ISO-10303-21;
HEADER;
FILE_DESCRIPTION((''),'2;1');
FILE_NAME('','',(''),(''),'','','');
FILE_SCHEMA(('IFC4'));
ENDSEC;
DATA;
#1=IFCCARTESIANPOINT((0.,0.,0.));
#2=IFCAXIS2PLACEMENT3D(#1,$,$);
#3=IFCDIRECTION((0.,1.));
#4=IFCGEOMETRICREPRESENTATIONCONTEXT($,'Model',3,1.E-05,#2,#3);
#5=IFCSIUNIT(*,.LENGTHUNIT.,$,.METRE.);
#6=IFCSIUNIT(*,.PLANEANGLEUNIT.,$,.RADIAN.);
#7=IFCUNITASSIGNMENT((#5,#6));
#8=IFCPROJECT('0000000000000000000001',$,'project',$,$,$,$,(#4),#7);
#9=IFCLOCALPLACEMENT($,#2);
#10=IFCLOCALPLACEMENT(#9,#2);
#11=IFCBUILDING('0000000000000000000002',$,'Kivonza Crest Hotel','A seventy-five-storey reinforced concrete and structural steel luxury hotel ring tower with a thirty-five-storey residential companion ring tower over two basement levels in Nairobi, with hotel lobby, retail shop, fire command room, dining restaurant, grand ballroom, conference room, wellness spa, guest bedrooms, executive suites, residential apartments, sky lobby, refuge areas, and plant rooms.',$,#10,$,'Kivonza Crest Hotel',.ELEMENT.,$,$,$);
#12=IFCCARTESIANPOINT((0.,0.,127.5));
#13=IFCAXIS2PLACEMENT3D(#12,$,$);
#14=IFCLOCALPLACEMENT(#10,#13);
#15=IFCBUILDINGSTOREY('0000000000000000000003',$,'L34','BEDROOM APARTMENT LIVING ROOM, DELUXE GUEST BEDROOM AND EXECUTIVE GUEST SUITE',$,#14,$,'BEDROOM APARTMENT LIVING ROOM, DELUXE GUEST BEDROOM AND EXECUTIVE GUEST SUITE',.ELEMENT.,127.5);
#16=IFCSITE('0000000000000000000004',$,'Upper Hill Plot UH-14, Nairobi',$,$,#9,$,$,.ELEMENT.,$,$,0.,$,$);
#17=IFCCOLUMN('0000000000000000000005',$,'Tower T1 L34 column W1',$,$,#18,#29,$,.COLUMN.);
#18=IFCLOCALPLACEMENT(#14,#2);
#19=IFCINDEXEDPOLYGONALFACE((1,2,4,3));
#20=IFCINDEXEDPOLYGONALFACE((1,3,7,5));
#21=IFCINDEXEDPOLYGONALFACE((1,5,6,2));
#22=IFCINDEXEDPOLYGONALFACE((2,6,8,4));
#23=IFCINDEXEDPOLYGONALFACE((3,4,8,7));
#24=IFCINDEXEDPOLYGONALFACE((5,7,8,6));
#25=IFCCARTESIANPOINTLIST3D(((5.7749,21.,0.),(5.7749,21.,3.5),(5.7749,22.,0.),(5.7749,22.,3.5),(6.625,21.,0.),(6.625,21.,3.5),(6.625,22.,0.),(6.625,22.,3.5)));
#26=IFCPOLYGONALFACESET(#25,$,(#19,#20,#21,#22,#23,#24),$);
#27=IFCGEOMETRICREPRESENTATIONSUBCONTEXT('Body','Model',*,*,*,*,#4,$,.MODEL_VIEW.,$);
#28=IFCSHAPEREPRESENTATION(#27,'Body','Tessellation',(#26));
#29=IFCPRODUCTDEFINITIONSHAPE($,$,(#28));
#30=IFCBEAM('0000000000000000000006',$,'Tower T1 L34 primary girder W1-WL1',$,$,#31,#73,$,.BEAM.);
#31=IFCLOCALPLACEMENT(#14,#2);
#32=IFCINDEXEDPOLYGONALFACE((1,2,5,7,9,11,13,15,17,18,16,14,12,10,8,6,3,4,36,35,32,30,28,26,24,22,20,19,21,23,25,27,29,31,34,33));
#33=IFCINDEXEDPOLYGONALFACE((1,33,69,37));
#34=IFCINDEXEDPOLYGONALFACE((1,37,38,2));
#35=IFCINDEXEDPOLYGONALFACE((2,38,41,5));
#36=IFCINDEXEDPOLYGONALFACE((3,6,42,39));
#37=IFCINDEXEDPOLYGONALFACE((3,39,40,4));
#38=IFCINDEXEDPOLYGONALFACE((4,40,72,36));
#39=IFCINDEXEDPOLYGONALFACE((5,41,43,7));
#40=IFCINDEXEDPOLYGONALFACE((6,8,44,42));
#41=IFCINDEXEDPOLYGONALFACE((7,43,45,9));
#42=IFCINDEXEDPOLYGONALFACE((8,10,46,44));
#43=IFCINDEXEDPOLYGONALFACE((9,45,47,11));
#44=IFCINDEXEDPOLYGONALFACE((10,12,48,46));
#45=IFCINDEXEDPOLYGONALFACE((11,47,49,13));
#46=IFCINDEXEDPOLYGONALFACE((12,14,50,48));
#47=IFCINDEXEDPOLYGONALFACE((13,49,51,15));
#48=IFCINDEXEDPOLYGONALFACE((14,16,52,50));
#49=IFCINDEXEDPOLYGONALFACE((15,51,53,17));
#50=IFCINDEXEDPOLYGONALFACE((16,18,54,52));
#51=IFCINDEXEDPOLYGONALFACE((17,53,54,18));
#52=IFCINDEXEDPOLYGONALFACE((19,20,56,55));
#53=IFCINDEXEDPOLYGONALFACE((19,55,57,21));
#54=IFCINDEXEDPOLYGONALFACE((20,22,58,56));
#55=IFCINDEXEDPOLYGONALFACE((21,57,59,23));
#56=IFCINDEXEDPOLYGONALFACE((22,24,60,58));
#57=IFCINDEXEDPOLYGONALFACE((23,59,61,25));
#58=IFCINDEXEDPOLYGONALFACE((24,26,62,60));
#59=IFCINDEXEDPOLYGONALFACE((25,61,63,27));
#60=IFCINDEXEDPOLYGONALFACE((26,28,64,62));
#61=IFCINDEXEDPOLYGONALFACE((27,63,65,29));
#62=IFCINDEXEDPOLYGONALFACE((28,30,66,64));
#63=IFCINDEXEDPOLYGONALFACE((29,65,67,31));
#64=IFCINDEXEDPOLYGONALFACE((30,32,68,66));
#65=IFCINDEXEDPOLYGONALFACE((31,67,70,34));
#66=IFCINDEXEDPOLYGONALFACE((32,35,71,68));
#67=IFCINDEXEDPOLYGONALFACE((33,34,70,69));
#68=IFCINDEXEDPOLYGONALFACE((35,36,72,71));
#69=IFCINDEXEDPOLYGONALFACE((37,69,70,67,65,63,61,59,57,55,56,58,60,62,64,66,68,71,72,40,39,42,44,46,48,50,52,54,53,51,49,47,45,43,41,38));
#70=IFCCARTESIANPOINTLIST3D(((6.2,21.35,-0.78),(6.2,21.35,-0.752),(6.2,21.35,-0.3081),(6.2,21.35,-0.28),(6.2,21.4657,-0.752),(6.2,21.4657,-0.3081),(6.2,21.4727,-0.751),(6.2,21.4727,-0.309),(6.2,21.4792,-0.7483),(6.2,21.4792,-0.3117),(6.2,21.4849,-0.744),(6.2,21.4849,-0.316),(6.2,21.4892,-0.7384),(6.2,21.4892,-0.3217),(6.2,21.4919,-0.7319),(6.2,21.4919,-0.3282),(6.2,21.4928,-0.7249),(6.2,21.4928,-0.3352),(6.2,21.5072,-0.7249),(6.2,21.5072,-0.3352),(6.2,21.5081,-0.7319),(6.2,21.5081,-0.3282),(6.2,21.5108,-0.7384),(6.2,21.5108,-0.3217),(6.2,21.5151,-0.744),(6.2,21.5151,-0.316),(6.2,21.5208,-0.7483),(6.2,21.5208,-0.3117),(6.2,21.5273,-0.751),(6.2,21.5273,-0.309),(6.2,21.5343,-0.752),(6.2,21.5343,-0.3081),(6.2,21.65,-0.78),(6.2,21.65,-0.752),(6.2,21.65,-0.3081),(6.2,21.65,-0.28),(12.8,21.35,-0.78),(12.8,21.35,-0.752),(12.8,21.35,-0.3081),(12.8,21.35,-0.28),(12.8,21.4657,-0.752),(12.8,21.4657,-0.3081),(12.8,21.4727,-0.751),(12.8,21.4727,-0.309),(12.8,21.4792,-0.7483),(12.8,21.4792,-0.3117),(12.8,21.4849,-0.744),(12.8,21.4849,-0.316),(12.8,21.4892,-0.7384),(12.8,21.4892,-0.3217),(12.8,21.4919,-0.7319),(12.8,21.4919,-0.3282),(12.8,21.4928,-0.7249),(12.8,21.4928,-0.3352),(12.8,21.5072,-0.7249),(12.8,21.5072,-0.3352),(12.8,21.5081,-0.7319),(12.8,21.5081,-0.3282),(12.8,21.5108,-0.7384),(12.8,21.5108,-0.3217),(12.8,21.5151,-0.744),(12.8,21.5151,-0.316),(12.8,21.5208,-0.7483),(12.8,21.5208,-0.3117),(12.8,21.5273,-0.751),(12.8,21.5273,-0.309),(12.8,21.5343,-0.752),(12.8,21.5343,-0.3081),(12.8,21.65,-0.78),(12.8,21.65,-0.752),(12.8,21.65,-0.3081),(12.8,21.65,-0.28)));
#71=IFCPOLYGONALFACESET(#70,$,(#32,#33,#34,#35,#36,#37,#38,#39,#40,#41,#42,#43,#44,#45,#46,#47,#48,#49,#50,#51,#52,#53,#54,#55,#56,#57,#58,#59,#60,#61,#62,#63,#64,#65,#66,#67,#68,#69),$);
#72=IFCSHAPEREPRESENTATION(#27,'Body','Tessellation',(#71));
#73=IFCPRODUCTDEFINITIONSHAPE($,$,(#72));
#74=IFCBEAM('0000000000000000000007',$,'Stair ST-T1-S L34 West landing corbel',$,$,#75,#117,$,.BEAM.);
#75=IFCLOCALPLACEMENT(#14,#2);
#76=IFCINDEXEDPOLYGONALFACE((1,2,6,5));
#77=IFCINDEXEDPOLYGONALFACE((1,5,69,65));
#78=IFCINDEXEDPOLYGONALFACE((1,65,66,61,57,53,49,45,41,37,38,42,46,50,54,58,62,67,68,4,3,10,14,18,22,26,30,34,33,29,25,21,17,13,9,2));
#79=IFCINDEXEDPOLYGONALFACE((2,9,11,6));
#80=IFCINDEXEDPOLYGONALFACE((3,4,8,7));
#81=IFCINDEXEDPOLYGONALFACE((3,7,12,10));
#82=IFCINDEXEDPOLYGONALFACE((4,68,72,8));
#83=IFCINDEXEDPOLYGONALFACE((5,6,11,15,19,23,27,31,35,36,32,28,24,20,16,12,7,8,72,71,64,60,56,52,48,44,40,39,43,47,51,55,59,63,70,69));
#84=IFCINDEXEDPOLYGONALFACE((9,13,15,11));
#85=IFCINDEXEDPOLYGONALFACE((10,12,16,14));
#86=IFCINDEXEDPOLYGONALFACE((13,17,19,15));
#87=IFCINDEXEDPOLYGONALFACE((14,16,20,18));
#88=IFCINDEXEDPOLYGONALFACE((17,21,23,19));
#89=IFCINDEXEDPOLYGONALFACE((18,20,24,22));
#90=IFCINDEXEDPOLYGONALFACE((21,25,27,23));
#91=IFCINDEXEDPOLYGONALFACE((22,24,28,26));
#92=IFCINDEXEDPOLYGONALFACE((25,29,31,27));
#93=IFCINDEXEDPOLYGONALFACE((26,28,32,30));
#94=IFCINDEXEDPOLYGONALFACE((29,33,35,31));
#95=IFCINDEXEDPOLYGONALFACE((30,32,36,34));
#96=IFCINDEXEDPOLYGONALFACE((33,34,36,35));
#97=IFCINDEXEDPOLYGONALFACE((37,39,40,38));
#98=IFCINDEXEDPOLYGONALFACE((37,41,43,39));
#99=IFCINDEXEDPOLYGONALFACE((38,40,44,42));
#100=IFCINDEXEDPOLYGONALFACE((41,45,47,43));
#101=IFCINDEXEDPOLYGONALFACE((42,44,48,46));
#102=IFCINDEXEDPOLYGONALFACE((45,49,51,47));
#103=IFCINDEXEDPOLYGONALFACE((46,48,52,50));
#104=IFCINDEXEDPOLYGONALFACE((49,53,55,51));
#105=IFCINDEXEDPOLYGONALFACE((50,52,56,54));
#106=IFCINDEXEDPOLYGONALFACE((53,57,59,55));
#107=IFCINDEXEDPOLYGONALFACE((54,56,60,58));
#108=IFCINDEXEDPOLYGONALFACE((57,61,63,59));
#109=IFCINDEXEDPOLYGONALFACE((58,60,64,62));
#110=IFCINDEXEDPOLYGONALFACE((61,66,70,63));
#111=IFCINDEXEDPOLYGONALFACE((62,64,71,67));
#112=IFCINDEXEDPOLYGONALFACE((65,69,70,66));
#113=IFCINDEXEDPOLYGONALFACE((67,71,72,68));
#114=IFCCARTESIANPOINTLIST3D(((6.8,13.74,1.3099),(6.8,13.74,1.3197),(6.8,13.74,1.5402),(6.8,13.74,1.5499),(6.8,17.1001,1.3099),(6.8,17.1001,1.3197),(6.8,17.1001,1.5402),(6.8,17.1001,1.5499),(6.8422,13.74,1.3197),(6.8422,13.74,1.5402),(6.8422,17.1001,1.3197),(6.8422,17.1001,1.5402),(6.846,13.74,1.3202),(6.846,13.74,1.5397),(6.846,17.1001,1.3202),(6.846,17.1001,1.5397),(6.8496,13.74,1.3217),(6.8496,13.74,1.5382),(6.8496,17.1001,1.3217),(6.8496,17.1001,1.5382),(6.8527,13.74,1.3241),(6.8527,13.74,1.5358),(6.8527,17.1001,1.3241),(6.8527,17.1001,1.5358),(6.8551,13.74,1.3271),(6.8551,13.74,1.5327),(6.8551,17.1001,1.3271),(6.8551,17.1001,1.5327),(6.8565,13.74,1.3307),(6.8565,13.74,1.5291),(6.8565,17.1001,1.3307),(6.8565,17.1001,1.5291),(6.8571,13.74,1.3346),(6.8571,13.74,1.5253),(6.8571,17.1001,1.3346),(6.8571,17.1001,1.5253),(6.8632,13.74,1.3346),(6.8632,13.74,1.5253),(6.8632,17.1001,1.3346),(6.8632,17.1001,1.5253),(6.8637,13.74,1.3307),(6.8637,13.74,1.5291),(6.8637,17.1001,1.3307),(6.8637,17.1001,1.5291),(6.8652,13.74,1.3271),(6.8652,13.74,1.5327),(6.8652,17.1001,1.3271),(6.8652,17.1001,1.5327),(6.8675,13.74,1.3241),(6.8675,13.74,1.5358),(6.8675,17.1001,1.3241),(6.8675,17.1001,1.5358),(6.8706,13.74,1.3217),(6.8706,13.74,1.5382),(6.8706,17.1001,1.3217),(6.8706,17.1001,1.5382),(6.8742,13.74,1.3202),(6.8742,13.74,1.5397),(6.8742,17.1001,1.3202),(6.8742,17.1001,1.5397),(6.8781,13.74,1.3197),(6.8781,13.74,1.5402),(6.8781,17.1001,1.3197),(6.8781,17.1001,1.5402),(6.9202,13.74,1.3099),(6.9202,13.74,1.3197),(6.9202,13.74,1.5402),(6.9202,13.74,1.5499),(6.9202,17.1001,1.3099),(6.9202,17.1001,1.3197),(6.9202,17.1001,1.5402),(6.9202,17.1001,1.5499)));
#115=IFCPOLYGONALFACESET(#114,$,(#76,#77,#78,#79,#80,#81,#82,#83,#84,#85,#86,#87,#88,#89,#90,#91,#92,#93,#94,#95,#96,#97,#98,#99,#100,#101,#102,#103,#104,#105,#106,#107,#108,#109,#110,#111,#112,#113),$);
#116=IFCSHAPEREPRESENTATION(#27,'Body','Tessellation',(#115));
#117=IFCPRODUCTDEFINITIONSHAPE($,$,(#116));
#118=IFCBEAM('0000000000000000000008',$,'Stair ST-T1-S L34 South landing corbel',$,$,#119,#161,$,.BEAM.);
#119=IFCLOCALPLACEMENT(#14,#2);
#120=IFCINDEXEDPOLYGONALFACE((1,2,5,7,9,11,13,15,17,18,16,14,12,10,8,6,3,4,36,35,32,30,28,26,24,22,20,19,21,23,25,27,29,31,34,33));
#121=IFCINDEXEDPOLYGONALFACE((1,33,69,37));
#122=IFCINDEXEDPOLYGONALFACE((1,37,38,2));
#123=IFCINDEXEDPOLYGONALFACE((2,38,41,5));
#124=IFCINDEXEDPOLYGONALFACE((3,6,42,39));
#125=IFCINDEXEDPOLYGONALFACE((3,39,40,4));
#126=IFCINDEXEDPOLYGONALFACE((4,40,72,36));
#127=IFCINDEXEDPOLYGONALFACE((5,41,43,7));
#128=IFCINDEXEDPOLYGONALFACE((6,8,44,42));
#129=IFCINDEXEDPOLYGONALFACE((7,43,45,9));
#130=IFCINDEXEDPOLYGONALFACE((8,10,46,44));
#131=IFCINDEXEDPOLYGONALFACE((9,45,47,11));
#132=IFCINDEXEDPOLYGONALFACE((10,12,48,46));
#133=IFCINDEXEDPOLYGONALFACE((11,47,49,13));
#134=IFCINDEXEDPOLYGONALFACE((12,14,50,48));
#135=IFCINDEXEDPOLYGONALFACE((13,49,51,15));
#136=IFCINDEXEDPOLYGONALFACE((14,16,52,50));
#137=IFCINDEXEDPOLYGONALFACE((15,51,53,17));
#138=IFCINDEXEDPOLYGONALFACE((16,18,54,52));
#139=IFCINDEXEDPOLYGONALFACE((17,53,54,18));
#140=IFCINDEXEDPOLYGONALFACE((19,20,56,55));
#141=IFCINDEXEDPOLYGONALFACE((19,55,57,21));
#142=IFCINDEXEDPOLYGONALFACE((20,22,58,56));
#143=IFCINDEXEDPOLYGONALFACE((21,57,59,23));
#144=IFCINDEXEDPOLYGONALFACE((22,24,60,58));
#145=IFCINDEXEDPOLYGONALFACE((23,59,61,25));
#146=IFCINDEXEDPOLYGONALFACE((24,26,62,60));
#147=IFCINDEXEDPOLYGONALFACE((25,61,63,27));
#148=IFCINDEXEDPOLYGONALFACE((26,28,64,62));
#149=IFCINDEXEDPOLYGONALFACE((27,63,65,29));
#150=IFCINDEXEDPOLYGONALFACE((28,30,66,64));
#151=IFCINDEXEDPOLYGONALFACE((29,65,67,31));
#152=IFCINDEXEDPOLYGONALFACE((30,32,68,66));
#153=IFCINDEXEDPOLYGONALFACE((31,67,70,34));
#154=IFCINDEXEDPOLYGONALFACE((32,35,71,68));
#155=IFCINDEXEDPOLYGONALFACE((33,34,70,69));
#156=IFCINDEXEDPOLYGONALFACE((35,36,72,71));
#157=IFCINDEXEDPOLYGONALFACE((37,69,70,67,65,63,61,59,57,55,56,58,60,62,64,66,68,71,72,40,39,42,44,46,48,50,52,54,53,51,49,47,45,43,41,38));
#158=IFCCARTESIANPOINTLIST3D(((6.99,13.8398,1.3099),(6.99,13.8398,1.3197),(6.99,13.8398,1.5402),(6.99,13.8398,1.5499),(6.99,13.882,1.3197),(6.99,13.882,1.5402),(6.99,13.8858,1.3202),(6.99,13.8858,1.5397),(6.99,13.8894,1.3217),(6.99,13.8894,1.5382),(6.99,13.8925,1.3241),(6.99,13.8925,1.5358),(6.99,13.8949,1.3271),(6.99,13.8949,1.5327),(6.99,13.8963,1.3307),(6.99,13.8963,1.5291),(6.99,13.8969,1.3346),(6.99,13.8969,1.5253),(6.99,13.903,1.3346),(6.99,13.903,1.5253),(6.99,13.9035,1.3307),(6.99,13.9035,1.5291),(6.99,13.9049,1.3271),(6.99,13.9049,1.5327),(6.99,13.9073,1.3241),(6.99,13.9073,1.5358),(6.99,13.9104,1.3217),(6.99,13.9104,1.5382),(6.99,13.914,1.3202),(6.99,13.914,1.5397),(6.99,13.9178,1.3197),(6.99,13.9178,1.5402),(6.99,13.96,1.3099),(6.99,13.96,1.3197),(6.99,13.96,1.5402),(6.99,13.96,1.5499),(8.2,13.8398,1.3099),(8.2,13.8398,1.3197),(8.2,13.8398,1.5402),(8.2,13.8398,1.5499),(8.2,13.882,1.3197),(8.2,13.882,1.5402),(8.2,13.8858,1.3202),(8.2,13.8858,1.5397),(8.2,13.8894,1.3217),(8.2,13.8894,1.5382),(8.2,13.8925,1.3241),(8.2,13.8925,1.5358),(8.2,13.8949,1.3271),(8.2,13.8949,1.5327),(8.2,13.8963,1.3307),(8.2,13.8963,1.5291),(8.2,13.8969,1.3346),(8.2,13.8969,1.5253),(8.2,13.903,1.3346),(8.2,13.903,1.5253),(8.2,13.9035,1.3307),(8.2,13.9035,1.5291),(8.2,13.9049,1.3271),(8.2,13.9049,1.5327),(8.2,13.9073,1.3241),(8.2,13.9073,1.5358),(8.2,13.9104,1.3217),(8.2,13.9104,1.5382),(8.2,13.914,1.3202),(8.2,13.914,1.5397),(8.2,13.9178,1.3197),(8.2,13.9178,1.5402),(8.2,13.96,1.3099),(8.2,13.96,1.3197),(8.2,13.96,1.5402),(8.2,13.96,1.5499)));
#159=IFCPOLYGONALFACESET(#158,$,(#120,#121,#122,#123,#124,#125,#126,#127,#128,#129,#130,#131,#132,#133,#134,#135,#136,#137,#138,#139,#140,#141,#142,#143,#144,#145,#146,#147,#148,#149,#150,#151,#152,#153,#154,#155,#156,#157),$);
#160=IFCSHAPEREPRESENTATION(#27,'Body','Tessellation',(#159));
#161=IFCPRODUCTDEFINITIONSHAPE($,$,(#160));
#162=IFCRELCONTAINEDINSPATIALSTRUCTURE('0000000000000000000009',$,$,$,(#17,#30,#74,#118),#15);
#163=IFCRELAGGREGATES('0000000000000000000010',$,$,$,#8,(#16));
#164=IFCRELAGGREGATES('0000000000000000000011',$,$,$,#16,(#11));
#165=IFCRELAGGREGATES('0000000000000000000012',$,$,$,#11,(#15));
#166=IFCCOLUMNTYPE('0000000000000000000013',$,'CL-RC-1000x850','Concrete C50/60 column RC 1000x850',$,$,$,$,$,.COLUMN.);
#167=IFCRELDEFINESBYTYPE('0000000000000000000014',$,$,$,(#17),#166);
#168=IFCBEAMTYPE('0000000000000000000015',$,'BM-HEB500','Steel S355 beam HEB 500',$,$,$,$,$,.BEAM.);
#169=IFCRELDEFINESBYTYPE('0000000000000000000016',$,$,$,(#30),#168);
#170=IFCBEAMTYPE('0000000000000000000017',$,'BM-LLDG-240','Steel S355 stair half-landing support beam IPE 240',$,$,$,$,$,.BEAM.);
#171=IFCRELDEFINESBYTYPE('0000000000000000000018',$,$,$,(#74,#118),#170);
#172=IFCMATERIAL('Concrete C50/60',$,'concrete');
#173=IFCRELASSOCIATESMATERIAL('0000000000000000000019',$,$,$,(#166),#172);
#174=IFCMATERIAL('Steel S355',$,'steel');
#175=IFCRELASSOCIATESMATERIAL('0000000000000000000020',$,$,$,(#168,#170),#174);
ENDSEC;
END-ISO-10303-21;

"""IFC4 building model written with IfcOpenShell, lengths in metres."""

from ifc_helpers import new_model, si_unit, direction, frame, origin, origin_2d, place, context, subcontext, project, spatial, rectangle, i_section, extrude, material, material_profile, profile_set, type_object, element, save


model = new_model("IFC4")

# Units and contexts
model_context = context("Model", 3, precision=1e-05, world=origin(), true_north=direction((0.0, 1.0)))
body_context = subcontext(model_context, "Body", "Model", "MODEL_VIEW")
ifc_project = project(units=[si_unit("LENGTHUNIT", "METRE"), si_unit("PLANEANGLEUNIT", "RADIAN")], contexts=[model_context])

# Site, building, storey
site_placement = place(None, origin())
site = spatial("IfcSite", under=ifc_project, at=site_placement, Name="Upper Hill Plot UH-14, Nairobi", CompositionType="ELEMENT", RefElevation=0.0)
building_placement = place(site_placement, origin())
building = spatial("IfcBuilding", under=site, at=building_placement, Name="Kivonza Crest Hotel", Description="A seventy-five-storey reinforced concrete and structural steel luxury hotel ring tower with a thirty-five-storey residential companion ring tower over two basement levels in Nairobi, with hotel lobby, retail shop, fire command room, dining restaurant, grand ballroom, conference room, wellness spa, guest bedrooms, executive suites, residential apartments, sky lobby, refuge areas, and plant rooms.", LongName="Kivonza Crest Hotel", CompositionType="ELEMENT")
storey_placement = place(building_placement, frame((0.0, 0.0, 127.5)))
storey = spatial("IfcBuildingStorey", under=building, at=storey_placement, Name="L34", Description="BEDROOM APARTMENT LIVING ROOM, DELUXE GUEST BEDROOM AND EXECUTIVE GUEST SUITE", LongName="BEDROOM APARTMENT LIVING ROOM, DELUXE GUEST BEDROOM AND EXECUTIVE GUEST SUITE", CompositionType="ELEMENT", Elevation=127.5)

# Column
ifc_material_1 = material(Name="Concrete C50/60", Category="concrete")
ifc_material_profile_1 = material_profile(ifc_material_1, rectangle(XDim=0.8501, YDim=1.0, at=origin_2d()), Name="RC 1000x850")
ifc_profile_set_1 = profile_set([ifc_material_profile_1], Name="Concrete C50/60")
column_type = type_object("IfcColumnType", Name="CL-RC-1000x850", Description="Concrete C50/60 column RC 1000x850", PredefinedType="COLUMN", material=ifc_profile_set_1)
column_placement = place(storey_placement, frame((6.2, 21.5, 0.0), z_axis=(0.0, 0.0, 1.0), x_axis=(1.0, 0.0, 0.0)))
element("IfcColumn", 1, at=column_placement, inside=storey, type_object=column_type, Name="Tower T1 L34 column W1", PredefinedType="COLUMN", context=body_context, shape_type="SweptSolid", body=[
    extrude(rectangle(XDim=0.8501, YDim=1.0, at=origin_2d()), origin(), (0.0, 0.0, 1.0), 3.5),
])

# Beams
ifc_material_2 = material(Name="Steel S355", Category="steel")
ifc_material_profile_2 = material_profile(ifc_material_2, i_section(OverallWidth=0.3, OverallDepth=0.5, WebThickness=0.0144, FlangeThickness=0.0281, FilletRadius=0.0271, at=origin_2d()), Name="HEB 500")
ifc_profile_set_2 = profile_set([ifc_material_profile_2], Name="Steel S355")
beam_type_1 = type_object("IfcBeamType", Name="BM-HEB500", Description="Steel S355 beam HEB 500", PredefinedType="BEAM", material=ifc_profile_set_2)
beam_1_placement = place(storey_placement, frame((6.2, 21.5, -0.53), z_axis=(1.0, 0.0, 0.0), x_axis=(0.0, 1.0, 0.0)))
element("IfcBeam", 2, at=beam_1_placement, inside=storey, type_object=beam_type_1, Name="Tower T1 L34 primary girder W1-WL1", PredefinedType="BEAM", context=body_context, shape_type="SweptSolid", body=[
    extrude(i_section(OverallWidth=0.3, OverallDepth=0.5, WebThickness=0.0144, FlangeThickness=0.0281, FilletRadius=0.0271, at=origin_2d()), origin(), (0.0, 0.0, 1.0), 6.6001),
])
ifc_material_profile_3 = material_profile(ifc_material_2, i_section(OverallWidth=0.1201, OverallDepth=0.24, WebThickness=0.0061, FlangeThickness=0.0098, FilletRadius=0.0149, at=origin_2d()), Name="IPE 240")
ifc_profile_set_3 = profile_set([ifc_material_profile_3], Name="Steel S355")
beam_type_2 = type_object("IfcBeamType", Name="BM-LLDG-240", Description="Steel S355 stair half-landing support beam IPE 240", PredefinedType="BEAM", material=ifc_profile_set_3)
beam_2_placement = place(storey_placement, frame((6.8601, 13.74, 1.4299), z_axis=(0.0, 1.0, 0.0), x_axis=(-1.0, 0.0, 0.0)))
element("IfcBeam", 3, at=beam_2_placement, inside=storey, type_object=beam_type_2, Name="Stair ST-T1-S L34 West landing corbel", PredefinedType="BEAM", context=body_context, shape_type="SweptSolid", body=[
    extrude(i_section(OverallWidth=0.1201, OverallDepth=0.24, WebThickness=0.0061, FlangeThickness=0.0098, FilletRadius=0.0149, at=origin_2d()), origin(), (0.0, 0.0, 1.0), 3.3601),
])
for number, where, z_axis, x_axis, name in (
    (4, (6.99, 13.8999, 1.4299), (1.0, 0.0, 0.0), (0.0, 1.0, 0.0), "Stair ST-T1-S L34 South landing corbel"),
):
    element("IfcBeam", number, at=place(storey_placement, frame(where, z_axis=z_axis, x_axis=x_axis)), inside=storey, type_object=beam_type_2, Name=name, PredefinedType="BEAM", context=body_context, shape_type="SweptSolid", body=[
        extrude(i_section(OverallWidth=0.1201, OverallDepth=0.24, WebThickness=0.0061, FlangeThickness=0.0098, FilletRadius=0.0149, at=origin_2d()), origin(), (0.0, 0.0, 1.0), 1.21),
    ])

save(model, "model.ifc")
